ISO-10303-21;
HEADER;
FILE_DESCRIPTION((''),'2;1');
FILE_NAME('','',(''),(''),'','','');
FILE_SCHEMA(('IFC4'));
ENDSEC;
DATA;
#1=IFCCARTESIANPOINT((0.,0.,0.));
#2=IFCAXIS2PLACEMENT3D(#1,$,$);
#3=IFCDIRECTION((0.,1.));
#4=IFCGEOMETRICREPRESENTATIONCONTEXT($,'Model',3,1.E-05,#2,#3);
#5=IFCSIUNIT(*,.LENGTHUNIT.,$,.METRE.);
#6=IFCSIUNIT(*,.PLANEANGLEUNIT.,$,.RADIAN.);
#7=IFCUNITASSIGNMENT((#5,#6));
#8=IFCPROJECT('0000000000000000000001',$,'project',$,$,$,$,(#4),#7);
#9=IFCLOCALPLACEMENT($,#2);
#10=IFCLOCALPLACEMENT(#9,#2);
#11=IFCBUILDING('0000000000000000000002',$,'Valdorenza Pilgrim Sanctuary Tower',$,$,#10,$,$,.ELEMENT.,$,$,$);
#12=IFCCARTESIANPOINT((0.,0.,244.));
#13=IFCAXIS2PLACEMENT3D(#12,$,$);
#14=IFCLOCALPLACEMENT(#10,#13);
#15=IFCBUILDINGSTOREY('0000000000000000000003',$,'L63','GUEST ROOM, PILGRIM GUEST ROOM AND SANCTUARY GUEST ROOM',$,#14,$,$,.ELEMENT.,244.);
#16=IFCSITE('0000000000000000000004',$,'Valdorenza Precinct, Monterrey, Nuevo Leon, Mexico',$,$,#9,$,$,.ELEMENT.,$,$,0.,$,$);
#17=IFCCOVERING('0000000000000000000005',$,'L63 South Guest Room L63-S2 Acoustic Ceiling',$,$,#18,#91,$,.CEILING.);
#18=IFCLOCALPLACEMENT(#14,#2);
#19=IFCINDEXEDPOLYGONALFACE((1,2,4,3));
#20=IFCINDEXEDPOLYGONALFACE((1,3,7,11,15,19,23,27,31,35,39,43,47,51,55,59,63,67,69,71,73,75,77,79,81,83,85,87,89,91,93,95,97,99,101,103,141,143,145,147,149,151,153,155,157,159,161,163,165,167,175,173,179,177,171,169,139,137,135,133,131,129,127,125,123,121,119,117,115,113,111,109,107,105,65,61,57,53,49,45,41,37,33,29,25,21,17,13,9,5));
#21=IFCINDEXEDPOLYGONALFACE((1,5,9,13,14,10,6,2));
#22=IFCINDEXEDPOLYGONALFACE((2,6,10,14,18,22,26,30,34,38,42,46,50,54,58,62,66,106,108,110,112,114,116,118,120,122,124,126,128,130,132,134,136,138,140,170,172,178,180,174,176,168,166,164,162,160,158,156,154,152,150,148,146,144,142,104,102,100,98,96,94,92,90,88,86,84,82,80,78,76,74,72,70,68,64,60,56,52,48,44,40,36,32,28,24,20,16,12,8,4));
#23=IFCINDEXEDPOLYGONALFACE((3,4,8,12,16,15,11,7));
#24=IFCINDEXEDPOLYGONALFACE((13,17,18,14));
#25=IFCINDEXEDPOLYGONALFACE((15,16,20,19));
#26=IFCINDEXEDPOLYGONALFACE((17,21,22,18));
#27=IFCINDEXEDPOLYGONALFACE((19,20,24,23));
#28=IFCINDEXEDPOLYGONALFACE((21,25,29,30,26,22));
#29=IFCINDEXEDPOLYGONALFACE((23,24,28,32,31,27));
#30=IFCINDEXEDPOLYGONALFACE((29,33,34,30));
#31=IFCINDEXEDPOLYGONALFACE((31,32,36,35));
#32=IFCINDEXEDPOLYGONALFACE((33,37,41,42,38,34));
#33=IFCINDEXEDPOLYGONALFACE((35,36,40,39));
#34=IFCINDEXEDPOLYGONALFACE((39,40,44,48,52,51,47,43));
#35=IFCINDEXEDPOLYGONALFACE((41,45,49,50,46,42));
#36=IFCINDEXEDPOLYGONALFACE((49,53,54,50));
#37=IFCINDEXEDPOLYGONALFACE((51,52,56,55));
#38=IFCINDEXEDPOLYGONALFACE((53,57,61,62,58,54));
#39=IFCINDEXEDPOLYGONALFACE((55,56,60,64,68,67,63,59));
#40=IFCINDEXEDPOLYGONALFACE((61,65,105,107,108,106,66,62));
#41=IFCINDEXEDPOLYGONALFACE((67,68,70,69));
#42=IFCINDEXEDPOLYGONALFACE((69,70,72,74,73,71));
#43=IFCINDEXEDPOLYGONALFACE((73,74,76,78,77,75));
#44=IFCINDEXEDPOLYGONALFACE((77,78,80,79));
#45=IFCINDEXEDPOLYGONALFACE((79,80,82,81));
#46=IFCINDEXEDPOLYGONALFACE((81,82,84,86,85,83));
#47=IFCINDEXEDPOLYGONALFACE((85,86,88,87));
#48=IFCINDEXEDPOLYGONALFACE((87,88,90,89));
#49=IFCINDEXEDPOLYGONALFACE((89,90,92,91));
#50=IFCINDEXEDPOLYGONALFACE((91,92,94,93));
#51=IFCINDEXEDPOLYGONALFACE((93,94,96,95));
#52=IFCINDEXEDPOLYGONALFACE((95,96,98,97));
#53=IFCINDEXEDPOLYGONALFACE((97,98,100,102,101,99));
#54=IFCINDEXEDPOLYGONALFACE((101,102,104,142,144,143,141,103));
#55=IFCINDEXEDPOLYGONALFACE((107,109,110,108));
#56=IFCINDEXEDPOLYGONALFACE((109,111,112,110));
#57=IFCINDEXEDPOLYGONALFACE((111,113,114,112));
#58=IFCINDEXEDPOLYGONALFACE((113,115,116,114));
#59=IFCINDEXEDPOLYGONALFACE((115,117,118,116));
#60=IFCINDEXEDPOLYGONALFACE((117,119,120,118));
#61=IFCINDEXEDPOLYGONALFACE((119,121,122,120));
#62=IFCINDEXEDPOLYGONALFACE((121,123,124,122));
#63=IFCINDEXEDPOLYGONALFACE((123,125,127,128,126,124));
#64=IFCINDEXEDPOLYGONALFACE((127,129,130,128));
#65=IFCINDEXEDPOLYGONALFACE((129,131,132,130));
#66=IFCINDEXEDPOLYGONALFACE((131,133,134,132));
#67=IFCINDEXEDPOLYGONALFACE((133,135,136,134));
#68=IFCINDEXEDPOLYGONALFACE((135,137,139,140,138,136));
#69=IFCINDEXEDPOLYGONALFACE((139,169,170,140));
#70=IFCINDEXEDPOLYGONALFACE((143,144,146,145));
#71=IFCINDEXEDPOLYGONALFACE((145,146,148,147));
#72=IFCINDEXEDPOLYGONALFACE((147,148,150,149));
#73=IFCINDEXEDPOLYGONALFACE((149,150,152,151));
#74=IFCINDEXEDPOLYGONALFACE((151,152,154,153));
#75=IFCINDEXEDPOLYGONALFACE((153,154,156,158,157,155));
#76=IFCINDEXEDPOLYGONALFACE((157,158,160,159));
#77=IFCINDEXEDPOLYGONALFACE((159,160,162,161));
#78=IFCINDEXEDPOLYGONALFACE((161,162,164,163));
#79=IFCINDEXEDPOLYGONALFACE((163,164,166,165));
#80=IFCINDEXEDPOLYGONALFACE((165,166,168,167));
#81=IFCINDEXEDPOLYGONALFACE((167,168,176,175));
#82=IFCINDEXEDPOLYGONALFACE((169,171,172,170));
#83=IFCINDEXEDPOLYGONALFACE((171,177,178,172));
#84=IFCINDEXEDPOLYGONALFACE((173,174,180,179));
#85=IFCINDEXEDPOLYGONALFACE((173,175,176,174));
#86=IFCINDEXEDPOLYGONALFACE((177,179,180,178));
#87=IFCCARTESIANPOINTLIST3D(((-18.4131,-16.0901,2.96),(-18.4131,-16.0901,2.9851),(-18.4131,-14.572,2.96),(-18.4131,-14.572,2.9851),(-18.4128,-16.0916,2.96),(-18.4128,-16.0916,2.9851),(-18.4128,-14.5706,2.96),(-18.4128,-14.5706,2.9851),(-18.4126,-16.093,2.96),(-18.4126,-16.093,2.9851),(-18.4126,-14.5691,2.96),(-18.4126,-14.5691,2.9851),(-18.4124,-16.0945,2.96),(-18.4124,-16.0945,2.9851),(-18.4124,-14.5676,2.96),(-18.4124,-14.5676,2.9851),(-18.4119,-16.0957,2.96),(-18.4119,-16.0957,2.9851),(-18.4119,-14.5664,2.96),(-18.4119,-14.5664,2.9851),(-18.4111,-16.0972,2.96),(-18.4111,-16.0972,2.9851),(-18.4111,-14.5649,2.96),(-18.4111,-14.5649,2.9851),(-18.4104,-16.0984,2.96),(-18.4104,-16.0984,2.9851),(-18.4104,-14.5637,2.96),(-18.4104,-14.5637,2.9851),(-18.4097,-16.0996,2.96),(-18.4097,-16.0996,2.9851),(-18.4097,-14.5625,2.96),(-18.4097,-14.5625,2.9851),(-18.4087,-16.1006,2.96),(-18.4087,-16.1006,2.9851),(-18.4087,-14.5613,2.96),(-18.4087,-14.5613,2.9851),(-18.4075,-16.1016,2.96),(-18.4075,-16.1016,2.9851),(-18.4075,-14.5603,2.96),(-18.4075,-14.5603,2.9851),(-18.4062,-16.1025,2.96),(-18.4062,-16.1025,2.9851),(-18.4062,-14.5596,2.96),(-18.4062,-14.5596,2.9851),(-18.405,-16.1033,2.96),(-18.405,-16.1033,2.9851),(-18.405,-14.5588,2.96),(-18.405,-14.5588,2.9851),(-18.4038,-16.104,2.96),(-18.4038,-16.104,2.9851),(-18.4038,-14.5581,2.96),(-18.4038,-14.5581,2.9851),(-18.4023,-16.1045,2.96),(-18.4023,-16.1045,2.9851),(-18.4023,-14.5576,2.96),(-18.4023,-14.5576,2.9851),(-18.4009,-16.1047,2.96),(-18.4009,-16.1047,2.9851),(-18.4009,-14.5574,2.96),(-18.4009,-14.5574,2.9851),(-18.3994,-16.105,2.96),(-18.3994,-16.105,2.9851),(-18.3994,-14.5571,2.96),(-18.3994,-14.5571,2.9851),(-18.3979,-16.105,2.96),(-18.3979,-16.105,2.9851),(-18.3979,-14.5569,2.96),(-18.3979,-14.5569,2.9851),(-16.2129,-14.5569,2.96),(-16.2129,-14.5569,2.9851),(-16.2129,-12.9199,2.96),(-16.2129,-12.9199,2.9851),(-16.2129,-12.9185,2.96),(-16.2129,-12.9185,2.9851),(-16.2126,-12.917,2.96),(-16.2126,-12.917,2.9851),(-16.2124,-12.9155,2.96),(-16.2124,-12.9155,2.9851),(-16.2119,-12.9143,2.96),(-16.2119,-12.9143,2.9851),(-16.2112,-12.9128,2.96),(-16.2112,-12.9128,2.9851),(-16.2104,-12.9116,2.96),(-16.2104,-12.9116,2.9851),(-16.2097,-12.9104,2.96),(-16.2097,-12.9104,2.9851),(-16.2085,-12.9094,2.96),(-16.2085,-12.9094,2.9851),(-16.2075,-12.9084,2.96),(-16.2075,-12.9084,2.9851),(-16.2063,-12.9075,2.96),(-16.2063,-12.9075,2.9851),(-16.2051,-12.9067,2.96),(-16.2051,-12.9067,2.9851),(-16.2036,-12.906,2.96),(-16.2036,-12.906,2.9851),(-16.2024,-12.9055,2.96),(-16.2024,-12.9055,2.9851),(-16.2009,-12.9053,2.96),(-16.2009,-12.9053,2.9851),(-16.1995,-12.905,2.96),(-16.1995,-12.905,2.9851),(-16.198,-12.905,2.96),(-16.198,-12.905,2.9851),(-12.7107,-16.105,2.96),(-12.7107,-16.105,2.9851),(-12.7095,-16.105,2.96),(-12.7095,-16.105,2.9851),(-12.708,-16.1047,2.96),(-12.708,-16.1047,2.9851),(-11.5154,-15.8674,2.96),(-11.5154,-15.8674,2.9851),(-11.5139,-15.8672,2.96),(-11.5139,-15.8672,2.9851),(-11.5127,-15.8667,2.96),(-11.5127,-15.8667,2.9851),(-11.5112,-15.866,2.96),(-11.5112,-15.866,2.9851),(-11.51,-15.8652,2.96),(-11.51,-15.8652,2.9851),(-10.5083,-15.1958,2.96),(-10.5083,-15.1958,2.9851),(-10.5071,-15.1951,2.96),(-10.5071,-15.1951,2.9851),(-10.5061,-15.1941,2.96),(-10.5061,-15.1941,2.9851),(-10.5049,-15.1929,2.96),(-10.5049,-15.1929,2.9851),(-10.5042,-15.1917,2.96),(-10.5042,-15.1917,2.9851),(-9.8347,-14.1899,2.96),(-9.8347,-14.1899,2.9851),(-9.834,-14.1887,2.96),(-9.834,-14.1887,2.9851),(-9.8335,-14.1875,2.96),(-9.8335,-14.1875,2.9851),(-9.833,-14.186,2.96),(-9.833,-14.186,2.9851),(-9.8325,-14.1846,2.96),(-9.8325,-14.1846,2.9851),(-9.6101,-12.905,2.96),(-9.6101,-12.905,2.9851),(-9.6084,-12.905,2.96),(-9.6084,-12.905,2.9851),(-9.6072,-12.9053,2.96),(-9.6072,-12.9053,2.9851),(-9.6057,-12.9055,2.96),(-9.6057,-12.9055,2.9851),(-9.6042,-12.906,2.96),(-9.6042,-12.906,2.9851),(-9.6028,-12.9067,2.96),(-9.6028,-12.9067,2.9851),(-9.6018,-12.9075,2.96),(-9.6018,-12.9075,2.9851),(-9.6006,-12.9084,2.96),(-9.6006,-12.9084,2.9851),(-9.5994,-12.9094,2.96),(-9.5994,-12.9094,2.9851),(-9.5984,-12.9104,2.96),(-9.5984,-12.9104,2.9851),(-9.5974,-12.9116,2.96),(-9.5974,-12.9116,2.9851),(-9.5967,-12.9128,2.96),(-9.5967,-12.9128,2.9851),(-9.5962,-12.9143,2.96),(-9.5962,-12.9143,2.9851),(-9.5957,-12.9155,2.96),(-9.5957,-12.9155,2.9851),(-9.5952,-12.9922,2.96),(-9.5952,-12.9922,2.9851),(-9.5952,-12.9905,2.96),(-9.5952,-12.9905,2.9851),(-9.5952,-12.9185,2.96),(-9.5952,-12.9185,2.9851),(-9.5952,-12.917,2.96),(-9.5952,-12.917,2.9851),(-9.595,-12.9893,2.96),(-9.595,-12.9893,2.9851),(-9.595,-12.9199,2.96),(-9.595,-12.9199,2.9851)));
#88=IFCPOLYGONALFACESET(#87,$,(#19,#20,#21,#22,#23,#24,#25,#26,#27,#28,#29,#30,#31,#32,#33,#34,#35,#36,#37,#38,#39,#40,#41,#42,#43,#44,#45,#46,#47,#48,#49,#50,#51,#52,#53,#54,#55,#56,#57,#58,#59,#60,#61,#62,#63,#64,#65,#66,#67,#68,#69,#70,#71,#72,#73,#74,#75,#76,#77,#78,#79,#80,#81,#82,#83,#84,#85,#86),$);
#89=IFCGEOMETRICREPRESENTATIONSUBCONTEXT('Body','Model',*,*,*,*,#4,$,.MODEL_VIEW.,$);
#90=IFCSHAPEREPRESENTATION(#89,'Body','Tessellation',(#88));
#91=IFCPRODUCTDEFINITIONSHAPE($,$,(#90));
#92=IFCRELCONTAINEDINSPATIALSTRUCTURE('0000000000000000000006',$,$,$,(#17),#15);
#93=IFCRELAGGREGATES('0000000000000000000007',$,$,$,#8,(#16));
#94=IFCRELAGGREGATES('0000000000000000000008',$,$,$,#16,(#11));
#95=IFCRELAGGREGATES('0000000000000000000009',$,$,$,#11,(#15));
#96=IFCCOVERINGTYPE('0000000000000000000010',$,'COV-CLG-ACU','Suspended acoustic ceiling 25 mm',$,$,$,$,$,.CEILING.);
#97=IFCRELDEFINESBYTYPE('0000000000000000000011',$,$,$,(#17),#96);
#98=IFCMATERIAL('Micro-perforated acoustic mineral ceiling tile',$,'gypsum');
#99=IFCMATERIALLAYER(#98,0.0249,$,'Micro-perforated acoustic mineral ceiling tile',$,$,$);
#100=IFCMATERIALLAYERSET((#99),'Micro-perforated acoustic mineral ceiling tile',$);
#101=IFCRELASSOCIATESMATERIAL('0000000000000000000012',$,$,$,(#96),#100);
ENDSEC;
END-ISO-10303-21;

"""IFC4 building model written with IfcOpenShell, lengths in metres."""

from ifc_helpers import new_model, si_unit, direction, frame, origin, place, context, subcontext, project, spatial, polyline, outline, extrude, material, layer, layer_set, type_object, element, save


model = new_model("IFC4")

# Units and contexts
model_context = context("Model", 3, precision=1e-05, world=origin(), true_north=direction((0.0, 1.0)))
body_context = subcontext(model_context, "Body", "Model", "MODEL_VIEW")
ifc_project = project(units=[si_unit("LENGTHUNIT", "METRE"), si_unit("PLANEANGLEUNIT", "RADIAN")], contexts=[model_context])

# Site, building, storey
site_placement = place(None, origin())
site = spatial("IfcSite", under=ifc_project, at=site_placement, Name="Valdorenza Precinct, Monterrey, Nuevo Leon, Mexico", CompositionType="ELEMENT", RefElevation=0.0)
building_placement = place(site_placement, origin())
building = spatial("IfcBuilding", under=site, at=building_placement, Name="Valdorenza Pilgrim Sanctuary Tower", CompositionType="ELEMENT")
storey_placement = place(building_placement, frame((0.0, 0.0, 244.0)))
storey = spatial("IfcBuildingStorey", under=building, at=storey_placement, Name="L63", Description="GUEST ROOM, PILGRIM GUEST ROOM AND SANCTUARY GUEST ROOM", CompositionType="ELEMENT", Elevation=244.0)

# Covering
ifc_material_1 = material(Name="Micro-perforated acoustic mineral ceiling tile", Category="gypsum")
ifc_layer_1 = layer(ifc_material_1, 0.0249, Name="Micro-perforated acoustic mineral ceiling tile")
ifc_layer_set_1 = layer_set([ifc_layer_1], Name="Micro-perforated acoustic mineral ceiling tile")
covering_type_1 = type_object("IfcCoveringType", Name="COV-CLG-ACU", Description="Suspended acoustic ceiling 25 mm", PredefinedType="CEILING", material=ifc_layer_set_1)
covering_1_placement = place(storey_placement, frame((0.0, 0.0, 2.96)))
element("IfcCovering", 1, at=covering_1_placement, inside=storey, type_object=covering_type_1, Name="L63 South Guest Room L63-S2 Acoustic Ceiling", PredefinedType="CEILING", context=body_context, shape_type="SweptSolid", body=[
    extrude(outline(polyline([(-16.2129, -14.5569), (-16.2129, -12.9199), (-16.2129, -12.9185), (-16.2126, -12.917), (-16.2124, -12.9155), (-16.2119, -12.9143), (-16.2112, -12.9128), (-16.2104, -12.9116), (-16.2097, -12.9104), (-16.2085, -12.9094), (-16.2075, -12.9084), (-16.2063, -12.9075), (-16.2051, -12.9067), (-16.2036, -12.906), (-16.2024, -12.9055), (-16.2009, -12.9053), (-16.1995, -12.905), (-16.198, -12.905), (-9.6101, -12.905), (-9.6084, -12.905), (-9.6072, -12.9053), (-9.6057, -12.9055), (-9.6042, -12.906), (-9.6028, -12.9067), (-9.6018, -12.9075), (-9.6006, -12.9084), (-9.5994, -12.9094), (-9.5984, -12.9104), (-9.5974, -12.9116), (-9.5967, -12.9128), (-9.5962, -12.9143), (-9.5957, -12.9155), (-9.5952, -12.917), (-9.5952, -12.9185), (-9.595, -12.9199), (-9.595, -12.9893), (-9.5952, -12.9905), (-9.5952, -12.9922), (-9.8325, -14.1846), (-9.833, -14.186), (-9.8335, -14.1875), (-9.834, -14.1887), (-9.8347, -14.1899), (-10.5042, -15.1917), (-10.5049, -15.1929), (-10.5061, -15.1941), (-10.5071, -15.1951), (-10.5083, -15.1958), (-11.51, -15.8652), (-11.5112, -15.866), (-11.5127, -15.8667), (-11.5139, -15.8672), (-11.5154, -15.8674), (-12.708, -16.1047), (-12.7095, -16.105), (-12.7107, -16.105), (-18.3979, -16.105), (-18.3994, -16.105), (-18.4009, -16.1047), (-18.4023, -16.1045), (-18.4038, -16.104), (-18.405, -16.1033), (-18.4062, -16.1025), (-18.4075, -16.1016), (-18.4087, -16.1006), (-18.4097, -16.0996), (-18.4104, -16.0984), (-18.4111, -16.0972), (-18.4119, -16.0957), (-18.4124, -16.0945), (-18.4126, -16.093), (-18.4128, -16.0916), (-18.4131, -16.0901), (-18.4131, -14.572), (-18.4128, -14.5706), (-18.4126, -14.5691), (-18.4124, -14.5676), (-18.4119, -14.5664), (-18.4111, -14.5649), (-18.4104, -14.5637), (-18.4097, -14.5625), (-18.4087, -14.5613), (-18.4075, -14.5603), (-18.4062, -14.5596), (-18.405, -14.5588), (-18.4038, -14.5581), (-18.4023, -14.5576), (-18.4009, -14.5574), (-18.3994, -14.5571), (-18.3979, -14.5569), (-16.2129, -14.5569)])), origin(), (0.0, 0.0, 1.0), 0.0251),
])

save(model, "model.ifc")
